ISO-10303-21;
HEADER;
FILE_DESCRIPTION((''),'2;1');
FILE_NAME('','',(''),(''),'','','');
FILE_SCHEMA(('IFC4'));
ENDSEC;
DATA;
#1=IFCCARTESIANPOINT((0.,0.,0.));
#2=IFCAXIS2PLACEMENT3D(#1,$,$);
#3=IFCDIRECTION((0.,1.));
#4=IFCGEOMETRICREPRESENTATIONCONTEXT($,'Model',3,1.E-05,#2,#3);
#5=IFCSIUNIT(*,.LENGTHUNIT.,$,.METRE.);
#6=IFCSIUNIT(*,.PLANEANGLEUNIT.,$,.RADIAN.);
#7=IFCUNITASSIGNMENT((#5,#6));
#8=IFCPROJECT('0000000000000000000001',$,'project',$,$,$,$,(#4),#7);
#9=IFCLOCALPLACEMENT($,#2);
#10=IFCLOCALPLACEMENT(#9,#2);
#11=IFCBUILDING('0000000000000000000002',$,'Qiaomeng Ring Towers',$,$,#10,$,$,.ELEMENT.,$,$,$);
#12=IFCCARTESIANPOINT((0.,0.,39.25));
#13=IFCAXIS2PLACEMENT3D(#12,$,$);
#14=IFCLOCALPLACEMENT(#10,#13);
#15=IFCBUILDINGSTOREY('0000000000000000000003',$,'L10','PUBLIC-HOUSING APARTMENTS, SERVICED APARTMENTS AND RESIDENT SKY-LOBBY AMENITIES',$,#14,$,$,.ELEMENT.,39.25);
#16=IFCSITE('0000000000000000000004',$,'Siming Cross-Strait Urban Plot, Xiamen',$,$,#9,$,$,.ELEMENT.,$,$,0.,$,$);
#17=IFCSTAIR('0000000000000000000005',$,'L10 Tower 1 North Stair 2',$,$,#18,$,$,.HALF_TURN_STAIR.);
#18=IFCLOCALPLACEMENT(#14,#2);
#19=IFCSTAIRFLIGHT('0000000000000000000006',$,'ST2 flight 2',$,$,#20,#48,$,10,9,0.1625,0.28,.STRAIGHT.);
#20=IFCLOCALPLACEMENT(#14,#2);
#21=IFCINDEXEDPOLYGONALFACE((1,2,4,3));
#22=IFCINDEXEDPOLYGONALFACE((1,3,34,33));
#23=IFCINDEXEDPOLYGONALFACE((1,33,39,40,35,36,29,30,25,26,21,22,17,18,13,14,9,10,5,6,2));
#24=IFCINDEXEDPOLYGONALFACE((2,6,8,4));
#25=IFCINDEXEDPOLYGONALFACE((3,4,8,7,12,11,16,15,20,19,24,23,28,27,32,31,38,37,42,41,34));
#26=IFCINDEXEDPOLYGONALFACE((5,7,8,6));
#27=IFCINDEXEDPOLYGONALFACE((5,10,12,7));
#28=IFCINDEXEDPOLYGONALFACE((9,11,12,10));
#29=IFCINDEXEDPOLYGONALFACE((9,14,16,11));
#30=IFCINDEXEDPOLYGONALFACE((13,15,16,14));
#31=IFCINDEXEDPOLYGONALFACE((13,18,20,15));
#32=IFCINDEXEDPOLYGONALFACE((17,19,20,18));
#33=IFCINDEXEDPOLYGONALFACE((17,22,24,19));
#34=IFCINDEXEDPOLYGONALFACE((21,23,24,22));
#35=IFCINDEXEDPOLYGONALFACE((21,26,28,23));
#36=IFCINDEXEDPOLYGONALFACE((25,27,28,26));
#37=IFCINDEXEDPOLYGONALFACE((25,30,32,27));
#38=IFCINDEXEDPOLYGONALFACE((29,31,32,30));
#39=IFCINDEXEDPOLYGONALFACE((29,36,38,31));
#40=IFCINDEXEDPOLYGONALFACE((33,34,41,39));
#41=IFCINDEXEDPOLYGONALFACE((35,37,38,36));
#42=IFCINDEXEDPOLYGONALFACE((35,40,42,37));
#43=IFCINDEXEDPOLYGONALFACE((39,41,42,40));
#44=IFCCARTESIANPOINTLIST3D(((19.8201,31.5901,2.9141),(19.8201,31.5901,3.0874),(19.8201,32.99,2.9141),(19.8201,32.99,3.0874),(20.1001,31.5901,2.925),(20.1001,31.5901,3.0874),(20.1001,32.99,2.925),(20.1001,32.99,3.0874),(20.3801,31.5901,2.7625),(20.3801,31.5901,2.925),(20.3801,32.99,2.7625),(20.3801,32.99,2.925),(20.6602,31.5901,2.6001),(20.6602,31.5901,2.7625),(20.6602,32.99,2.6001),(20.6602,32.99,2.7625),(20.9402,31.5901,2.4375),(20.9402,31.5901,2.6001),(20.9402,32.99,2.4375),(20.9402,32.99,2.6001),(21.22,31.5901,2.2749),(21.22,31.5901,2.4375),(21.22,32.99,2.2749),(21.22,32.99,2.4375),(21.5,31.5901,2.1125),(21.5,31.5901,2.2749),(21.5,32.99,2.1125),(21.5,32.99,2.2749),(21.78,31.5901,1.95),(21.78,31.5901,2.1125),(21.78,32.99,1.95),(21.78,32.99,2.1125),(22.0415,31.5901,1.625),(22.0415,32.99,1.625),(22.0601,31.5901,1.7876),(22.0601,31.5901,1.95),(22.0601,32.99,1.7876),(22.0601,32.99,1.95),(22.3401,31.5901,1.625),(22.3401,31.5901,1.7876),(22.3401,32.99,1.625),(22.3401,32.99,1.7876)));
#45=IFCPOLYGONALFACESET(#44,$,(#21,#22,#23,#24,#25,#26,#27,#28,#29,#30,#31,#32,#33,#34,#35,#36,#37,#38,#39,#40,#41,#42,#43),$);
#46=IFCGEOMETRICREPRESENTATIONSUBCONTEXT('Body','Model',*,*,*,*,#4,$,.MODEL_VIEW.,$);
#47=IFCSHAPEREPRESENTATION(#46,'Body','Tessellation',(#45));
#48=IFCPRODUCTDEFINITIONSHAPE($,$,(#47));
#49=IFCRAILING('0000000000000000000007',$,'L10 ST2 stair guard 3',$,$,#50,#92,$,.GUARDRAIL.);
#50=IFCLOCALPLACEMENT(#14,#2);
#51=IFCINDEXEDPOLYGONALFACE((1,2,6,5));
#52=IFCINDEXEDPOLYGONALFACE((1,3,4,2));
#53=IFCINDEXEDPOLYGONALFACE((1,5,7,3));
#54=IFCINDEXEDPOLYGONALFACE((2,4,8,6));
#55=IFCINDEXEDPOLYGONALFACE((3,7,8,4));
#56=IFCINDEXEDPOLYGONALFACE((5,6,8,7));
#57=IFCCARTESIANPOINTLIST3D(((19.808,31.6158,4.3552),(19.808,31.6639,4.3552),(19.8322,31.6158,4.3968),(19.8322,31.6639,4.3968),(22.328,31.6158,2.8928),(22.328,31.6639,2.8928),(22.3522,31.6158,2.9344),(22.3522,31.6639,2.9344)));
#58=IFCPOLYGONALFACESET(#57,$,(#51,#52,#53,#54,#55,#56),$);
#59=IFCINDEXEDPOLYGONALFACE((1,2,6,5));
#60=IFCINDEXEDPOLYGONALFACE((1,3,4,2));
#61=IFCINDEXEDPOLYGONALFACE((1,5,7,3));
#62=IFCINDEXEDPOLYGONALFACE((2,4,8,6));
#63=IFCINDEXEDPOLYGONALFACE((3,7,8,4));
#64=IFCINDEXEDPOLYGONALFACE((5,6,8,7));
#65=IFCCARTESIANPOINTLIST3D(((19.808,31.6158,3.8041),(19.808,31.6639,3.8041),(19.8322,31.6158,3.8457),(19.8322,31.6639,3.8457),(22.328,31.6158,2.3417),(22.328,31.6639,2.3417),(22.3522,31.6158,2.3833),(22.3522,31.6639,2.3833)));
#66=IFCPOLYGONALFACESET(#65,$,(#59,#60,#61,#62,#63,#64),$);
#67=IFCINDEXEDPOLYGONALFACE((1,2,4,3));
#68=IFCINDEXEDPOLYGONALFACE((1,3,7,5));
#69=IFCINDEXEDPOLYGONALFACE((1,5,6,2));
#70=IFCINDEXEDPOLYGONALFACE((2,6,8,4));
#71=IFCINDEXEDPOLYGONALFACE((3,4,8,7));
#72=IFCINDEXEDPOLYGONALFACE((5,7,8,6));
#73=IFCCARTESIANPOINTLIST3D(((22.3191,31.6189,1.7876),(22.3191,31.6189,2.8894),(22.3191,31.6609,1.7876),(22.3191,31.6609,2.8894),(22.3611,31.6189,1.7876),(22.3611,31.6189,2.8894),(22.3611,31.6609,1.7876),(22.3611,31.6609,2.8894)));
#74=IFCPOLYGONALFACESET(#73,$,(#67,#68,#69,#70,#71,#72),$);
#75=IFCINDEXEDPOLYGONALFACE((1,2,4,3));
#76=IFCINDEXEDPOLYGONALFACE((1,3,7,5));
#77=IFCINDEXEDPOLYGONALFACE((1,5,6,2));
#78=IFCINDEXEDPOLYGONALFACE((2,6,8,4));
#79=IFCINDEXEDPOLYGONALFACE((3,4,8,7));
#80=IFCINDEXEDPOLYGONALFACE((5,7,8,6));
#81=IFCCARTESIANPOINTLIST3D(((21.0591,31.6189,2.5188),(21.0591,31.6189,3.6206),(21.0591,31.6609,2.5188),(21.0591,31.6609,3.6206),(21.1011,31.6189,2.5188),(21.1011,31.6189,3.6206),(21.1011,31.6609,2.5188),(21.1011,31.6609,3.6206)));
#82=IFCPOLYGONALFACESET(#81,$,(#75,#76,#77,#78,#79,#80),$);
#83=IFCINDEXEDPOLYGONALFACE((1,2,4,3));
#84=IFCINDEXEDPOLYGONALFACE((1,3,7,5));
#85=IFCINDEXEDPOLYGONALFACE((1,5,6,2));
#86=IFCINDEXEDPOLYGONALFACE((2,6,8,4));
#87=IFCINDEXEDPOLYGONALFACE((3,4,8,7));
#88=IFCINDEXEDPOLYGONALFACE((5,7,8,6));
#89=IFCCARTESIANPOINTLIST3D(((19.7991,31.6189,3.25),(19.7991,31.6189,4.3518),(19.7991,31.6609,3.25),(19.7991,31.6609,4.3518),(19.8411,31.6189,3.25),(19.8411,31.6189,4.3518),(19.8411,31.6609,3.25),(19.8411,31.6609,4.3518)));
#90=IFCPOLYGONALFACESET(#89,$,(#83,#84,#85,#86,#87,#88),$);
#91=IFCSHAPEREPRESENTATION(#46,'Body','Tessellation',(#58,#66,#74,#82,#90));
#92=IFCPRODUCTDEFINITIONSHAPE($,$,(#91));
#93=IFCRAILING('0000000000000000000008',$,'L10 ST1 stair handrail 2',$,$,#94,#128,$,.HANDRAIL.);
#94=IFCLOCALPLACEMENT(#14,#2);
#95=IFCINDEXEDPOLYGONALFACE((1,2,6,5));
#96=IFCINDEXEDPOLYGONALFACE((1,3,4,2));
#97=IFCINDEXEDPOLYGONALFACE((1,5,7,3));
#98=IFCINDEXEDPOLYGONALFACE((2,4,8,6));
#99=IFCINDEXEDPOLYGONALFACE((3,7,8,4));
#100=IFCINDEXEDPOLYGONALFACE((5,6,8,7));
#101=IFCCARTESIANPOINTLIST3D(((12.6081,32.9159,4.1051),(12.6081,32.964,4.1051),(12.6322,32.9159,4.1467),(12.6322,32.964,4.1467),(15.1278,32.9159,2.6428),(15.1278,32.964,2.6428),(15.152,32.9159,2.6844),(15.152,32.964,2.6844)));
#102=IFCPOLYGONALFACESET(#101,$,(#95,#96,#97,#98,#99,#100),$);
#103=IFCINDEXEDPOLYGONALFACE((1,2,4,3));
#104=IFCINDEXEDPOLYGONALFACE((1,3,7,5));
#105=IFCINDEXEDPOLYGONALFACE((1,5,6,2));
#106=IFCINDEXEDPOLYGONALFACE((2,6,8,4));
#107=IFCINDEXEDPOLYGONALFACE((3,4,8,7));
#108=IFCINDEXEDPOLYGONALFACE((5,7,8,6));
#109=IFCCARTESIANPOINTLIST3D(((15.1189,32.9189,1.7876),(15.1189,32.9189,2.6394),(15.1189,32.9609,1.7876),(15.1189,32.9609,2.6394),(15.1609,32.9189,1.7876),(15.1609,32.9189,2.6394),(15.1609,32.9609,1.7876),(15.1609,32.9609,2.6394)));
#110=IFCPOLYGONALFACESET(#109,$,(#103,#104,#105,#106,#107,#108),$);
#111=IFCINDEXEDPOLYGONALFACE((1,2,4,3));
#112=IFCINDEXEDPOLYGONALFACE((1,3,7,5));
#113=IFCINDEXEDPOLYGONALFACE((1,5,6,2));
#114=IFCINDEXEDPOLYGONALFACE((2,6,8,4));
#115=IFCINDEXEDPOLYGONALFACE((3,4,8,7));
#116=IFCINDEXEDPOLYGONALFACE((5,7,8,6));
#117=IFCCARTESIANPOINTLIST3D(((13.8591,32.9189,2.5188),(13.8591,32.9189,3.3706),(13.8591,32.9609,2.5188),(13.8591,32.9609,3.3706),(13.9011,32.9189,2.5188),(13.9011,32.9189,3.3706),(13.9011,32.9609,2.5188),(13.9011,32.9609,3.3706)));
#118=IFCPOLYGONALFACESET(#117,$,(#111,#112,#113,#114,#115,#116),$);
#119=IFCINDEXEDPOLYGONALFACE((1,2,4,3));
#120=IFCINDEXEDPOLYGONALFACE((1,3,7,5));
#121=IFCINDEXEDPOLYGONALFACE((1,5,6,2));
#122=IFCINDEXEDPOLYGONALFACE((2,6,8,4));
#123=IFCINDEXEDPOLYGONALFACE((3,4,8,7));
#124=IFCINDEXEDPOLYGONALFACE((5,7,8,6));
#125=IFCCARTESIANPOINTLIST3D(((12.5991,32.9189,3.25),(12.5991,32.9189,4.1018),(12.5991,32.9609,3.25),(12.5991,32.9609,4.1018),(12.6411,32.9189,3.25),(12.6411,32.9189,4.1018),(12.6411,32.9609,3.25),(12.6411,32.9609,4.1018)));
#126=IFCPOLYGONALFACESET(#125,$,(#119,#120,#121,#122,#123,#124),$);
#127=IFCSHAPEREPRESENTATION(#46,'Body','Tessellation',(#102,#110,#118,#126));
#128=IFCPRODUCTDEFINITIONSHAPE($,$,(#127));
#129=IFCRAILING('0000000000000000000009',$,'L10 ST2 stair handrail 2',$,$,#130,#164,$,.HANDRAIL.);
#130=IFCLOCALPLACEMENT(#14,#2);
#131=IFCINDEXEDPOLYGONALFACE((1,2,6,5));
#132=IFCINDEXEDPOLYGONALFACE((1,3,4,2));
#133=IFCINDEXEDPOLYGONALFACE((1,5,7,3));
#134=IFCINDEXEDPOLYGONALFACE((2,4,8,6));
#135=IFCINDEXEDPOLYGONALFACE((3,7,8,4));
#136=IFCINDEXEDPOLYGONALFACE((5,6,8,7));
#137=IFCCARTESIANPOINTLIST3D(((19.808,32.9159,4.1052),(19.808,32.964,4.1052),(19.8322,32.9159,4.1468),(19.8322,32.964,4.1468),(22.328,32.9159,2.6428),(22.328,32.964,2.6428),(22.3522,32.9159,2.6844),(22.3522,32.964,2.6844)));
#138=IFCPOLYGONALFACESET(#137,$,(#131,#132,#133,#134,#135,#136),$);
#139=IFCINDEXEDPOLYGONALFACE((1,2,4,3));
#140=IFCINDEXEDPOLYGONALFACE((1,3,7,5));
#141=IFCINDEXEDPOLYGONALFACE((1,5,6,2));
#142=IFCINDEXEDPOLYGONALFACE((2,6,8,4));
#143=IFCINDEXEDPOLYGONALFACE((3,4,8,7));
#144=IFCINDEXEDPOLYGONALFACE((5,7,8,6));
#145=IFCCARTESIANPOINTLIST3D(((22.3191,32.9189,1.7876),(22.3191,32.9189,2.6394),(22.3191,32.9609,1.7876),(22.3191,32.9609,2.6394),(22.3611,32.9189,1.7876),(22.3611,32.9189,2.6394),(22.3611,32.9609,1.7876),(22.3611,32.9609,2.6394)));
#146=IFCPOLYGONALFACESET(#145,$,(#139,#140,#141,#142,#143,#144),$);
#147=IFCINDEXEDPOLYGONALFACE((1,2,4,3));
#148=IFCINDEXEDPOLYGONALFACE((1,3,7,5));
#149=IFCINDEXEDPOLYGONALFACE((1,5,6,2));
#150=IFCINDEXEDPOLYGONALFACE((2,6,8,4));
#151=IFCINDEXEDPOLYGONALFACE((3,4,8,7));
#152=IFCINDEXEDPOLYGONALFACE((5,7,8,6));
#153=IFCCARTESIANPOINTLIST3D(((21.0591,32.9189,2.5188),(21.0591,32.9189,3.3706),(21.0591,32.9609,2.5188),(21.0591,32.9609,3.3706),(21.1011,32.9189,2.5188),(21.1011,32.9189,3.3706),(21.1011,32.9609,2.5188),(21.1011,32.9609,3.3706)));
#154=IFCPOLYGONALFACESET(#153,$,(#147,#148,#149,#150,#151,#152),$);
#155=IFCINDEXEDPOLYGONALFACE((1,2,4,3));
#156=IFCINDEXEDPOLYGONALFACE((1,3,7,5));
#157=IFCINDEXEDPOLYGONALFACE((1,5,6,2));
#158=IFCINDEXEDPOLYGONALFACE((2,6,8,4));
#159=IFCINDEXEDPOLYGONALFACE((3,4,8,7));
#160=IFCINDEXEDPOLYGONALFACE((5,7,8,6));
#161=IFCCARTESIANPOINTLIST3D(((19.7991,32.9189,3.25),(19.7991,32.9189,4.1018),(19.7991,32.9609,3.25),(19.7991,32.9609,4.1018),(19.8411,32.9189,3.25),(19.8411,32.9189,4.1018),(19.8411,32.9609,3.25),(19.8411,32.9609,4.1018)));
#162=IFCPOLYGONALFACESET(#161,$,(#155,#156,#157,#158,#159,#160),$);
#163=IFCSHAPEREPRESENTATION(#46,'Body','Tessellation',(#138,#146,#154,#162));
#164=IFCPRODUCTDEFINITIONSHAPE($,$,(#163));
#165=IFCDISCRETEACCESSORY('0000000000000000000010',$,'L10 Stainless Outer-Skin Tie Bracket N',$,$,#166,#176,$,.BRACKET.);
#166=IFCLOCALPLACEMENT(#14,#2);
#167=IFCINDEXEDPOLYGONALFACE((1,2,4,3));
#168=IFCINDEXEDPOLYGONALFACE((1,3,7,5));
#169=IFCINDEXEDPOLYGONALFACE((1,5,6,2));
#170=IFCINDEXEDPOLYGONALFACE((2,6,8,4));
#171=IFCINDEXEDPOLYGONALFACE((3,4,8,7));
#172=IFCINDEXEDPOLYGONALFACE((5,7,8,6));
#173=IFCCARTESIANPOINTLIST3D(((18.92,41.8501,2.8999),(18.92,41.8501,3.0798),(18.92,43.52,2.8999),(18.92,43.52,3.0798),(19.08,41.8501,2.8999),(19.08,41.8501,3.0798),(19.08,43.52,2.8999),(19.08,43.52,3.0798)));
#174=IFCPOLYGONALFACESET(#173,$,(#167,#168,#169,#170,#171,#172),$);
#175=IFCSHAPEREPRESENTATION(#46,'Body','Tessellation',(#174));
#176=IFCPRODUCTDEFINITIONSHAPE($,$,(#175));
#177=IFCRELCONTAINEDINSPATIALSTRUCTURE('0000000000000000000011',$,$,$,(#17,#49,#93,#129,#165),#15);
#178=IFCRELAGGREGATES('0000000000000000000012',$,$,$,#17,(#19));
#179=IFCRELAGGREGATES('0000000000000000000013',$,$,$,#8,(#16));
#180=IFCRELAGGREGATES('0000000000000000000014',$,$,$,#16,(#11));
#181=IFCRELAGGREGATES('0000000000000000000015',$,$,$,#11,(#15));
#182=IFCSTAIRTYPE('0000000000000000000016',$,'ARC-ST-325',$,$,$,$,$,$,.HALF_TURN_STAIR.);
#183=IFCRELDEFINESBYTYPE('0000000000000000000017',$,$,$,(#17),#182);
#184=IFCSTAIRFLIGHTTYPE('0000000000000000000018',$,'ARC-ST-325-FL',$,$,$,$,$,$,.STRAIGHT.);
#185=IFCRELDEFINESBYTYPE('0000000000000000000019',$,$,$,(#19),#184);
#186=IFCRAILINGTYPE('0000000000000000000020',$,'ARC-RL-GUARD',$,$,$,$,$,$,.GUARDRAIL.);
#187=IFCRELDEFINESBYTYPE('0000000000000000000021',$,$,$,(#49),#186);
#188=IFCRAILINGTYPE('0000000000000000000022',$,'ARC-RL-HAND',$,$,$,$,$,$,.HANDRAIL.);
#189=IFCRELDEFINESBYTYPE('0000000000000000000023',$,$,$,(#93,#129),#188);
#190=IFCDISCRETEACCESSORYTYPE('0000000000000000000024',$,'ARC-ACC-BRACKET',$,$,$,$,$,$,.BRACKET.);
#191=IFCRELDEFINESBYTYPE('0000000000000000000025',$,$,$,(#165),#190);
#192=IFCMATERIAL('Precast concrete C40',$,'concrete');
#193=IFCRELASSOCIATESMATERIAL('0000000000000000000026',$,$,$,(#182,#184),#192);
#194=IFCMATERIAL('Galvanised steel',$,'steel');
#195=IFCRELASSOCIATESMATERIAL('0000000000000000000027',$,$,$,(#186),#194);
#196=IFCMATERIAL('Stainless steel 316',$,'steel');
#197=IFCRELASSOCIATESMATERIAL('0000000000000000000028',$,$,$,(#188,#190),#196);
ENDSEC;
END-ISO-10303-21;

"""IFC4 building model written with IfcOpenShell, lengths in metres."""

from ifc_helpers import new_model, si_unit, direction, frame, origin, origin_2d, place, context, subcontext, project, spatial, polyline, rectangle, outline, extrude, source, transform, mapped, material, type_object, element, aggregate, save


model = new_model("IFC4")

# Units and contexts
model_context = context("Model", 3, precision=1e-05, world=origin(), true_north=direction((0.0, 1.0)))
body_context = subcontext(model_context, "Body", "Model", "MODEL_VIEW")
ifc_project = project(units=[si_unit("LENGTHUNIT", "METRE"), si_unit("PLANEANGLEUNIT", "RADIAN")], contexts=[model_context])

# Site, building, storey
site_placement = place(None, origin())
site = spatial("IfcSite", under=ifc_project, at=site_placement, Name="Siming Cross-Strait Urban Plot, Xiamen", CompositionType="ELEMENT", RefElevation=0.0)
building_placement = place(site_placement, origin())
building = spatial("IfcBuilding", under=site, at=building_placement, Name="Qiaomeng Ring Towers", CompositionType="ELEMENT")
storey_placement = place(building_placement, frame((0.0, 0.0, 39.25)))
storey = spatial("IfcBuildingStorey", under=building, at=storey_placement, Name="L10", Description="PUBLIC-HOUSING APARTMENTS, SERVICED APARTMENTS AND RESIDENT SKY-LOBBY AMENITIES", CompositionType="ELEMENT", Elevation=39.25)

# Shared definitions
ifc_material_1 = material(Name="Galvanised steel", Category="steel")

# Stair, stair flight
ifc_material_2 = material(Name="Precast concrete C40", Category="concrete")
stair_type = type_object("IfcStairType", Name="ARC-ST-325", PredefinedType="HALF_TURN_STAIR", material=ifc_material_2)
stair_flight_type = type_object("IfcStairFlightType", Name="ARC-ST-325-FL", PredefinedType="STRAIGHT", material=ifc_material_2)
shared_shape_1 = source(origin(), body_context, "Body", "SweptSolid", [
    extrude(outline(polyline([(0.0, 0.0), (0.0, 0.1626), (0.28, 0.1626), (0.28, 0.325), (0.5601, 0.325), (0.5601, 0.4875), (0.8401, 0.4875), (0.8401, 0.6499), (1.1201, 0.6499), (1.1201, 0.8125), (1.3999, 0.8125), (1.3999, 0.9751), (1.6799, 0.9751), (1.6799, 1.1375), (1.96, 1.1375), (1.96, 1.3), (2.24, 1.3), (2.24, 1.4624), (2.52, 1.4624), (2.52, 1.625), (2.52, 1.2891), (0.2986, 0.0), (0.0, 0.0)])), frame((0.0, 0.7, 0.0), z_axis=(0.0, -1.0, 0.0), x_axis=(1.0, 0.0, 0.0)), (0.0, 0.0, 1.0), 1.3999),
])
stair_1_placement = place(storey_placement, origin())
stair_1 = element("IfcStair", 1, at=stair_1_placement, inside=storey, type_object=stair_type, Name="L10 Tower 1 North Stair 2", PredefinedType="HALF_TURN_STAIR")
stair_flight_1_placement = place(storey_placement, frame((22.3401, 32.29, 1.625), z_axis=(0.0, 0.0, 1.0), x_axis=(-1.0, 0.0, 0.0)))
stair_flight_1 = element("IfcStairFlight", 2, at=stair_flight_1_placement, type_object=stair_flight_type, Name="ST2 flight 2", NumberOfRisers=10, NumberOfTreads=9, PredefinedType="STRAIGHT", RiserHeight=0.1625, TreadLength=0.28, context=body_context, shape_type="MappedRepresentation", body=[
    mapped(shared_shape_1, transform((0.0, 0.0, 0.0), x_axis=(1.0, 0.0, 0.0), y_axis=(0.0, 1.0, 0.0), z_axis=(0.0, 0.0, 1.0), scale=1.0)),
])
aggregate(stair_1, [stair_flight_1])

# Railings
railing_type_1 = type_object("IfcRailingType", Name="ARC-RL-GUARD", PredefinedType="GUARDRAIL", material=ifc_material_1)
railing_1_placement = place(storey_placement, frame((22.3401, 31.6399, 1.7876)))
element("IfcRailing", 3, at=railing_1_placement, inside=storey, type_object=railing_type_1, Name="L10 ST2 stair guard 3", PredefinedType="GUARDRAIL", context=body_context, shape_type="SweptSolid", body=[
    extrude(rectangle(XDim=0.0481, YDim=0.0481, at=origin_2d()), frame((0.0, 0.0, 1.126), z_axis=(-0.864913, 0.0, 0.501921), x_axis=(0.0, -1.0, 0.0)), (0.0, 0.0, 1.0), 2.9136),
    extrude(rectangle(XDim=0.0481, YDim=0.0481, at=origin_2d()), frame((0.0, 0.0, 0.575), z_axis=(-0.864913, 0.0, 0.501921), x_axis=(0.0, -1.0, 0.0)), (0.0, 0.0, 1.0), 2.9136),
    extrude(rectangle(XDim=0.042, YDim=0.042, at=origin_2d()), origin(), (0.0, 0.0, 1.0), 1.1018),
    extrude(rectangle(XDim=0.042, YDim=0.042, at=origin_2d()), frame((-1.26, 0.0, 0.7312)), (0.0, 0.0, 1.0), 1.1018),
    extrude(rectangle(XDim=0.042, YDim=0.042, at=origin_2d()), frame((-2.52, 0.0, 1.4624)), (0.0, 0.0, 1.0), 1.1018),
])
ifc_material_3 = material(Name="Stainless steel 316", Category="steel")
railing_type_2 = type_object("IfcRailingType", Name="ARC-RL-HAND", PredefinedType="HANDRAIL", material=ifc_material_3)
railing_2_placement = place(storey_placement, frame((15.1399, 32.9399, 1.7876)))
element("IfcRailing", 4, at=railing_2_placement, inside=storey, type_object=railing_type_2, Name="L10 ST1 stair handrail 2", PredefinedType="HANDRAIL", context=body_context, shape_type="SweptSolid", body=[
    extrude(rectangle(XDim=0.0481, YDim=0.0481, at=origin_2d()), frame((0.0, 0.0, 0.876), z_axis=(-0.864892, 0.0, 0.501958), x_axis=(0.0, -1.0, 0.0)), (0.0, 0.0, 1.0), 2.9133),
    extrude(rectangle(XDim=0.042, YDim=0.042, at=origin_2d()), origin(), (0.0, 0.0, 1.0), 0.8518),
    extrude(rectangle(XDim=0.042, YDim=0.042, at=origin_2d()), frame((-1.2598, 0.0, 0.7312)), (0.0, 0.0, 1.0), 0.8518),
    extrude(rectangle(XDim=0.042, YDim=0.042, at=origin_2d()), frame((-2.5198, 0.0, 1.4624)), (0.0, 0.0, 1.0), 0.8518),
])
railing_3_placement = place(storey_placement, frame((22.3401, 32.9399, 1.7876)))
element("IfcRailing", 5, at=railing_3_placement, inside=storey, type_object=railing_type_2, Name="L10 ST2 stair handrail 2", PredefinedType="HANDRAIL", context=body_context, shape_type="SweptSolid", body=[
    extrude(rectangle(XDim=0.0481, YDim=0.0481, at=origin_2d()), frame((0.0, 0.0, 0.876), z_axis=(-0.864913, 0.0, 0.501921), x_axis=(0.0, -1.0, 0.0)), (0.0, 0.0, 1.0), 2.9136),
    extrude(rectangle(XDim=0.042, YDim=0.042, at=origin_2d()), origin(), (0.0, 0.0, 1.0), 0.8518),
    extrude(rectangle(XDim=0.042, YDim=0.042, at=origin_2d()), frame((-1.26, 0.0, 0.7312)), (0.0, 0.0, 1.0), 0.8518),
    extrude(rectangle(XDim=0.042, YDim=0.042, at=origin_2d()), frame((-2.52, 0.0, 1.4624)), (0.0, 0.0, 1.0), 0.8518),
])

# Discrete accessory
discrete_accessory_type = type_object("IfcDiscreteAccessoryType", Name="ARC-ACC-BRACKET", PredefinedType="BRACKET", material=ifc_material_3)
shared_shape_2 = source(origin(), body_context, "Body", "SweptSolid", [
    extrude(rectangle(XDim=0.1599, YDim=1.6699, at=origin_2d()), origin(), (0.0, 0.0, 1.0), 0.1799),
])
discrete_accessory_placement = place(storey_placement, frame((19.0, 42.6851, 2.8999), z_axis=(0.0, 0.0, 1.0), x_axis=(1.0, 0.0, 0.0)))
element("IfcDiscreteAccessory", 6, at=discrete_accessory_placement, inside=storey, type_object=discrete_accessory_type, Name="L10 Stainless Outer-Skin Tie Bracket N", PredefinedType="BRACKET", context=body_context, shape_type="MappedRepresentation", body=[
    mapped(shared_shape_2, transform((0.0, 0.0, 0.0), x_axis=(1.0, 0.0, 0.0), y_axis=(0.0, 1.0, 0.0), z_axis=(0.0, 0.0, 1.0), scale=1.0)),
])

save(model, "model.ifc")
